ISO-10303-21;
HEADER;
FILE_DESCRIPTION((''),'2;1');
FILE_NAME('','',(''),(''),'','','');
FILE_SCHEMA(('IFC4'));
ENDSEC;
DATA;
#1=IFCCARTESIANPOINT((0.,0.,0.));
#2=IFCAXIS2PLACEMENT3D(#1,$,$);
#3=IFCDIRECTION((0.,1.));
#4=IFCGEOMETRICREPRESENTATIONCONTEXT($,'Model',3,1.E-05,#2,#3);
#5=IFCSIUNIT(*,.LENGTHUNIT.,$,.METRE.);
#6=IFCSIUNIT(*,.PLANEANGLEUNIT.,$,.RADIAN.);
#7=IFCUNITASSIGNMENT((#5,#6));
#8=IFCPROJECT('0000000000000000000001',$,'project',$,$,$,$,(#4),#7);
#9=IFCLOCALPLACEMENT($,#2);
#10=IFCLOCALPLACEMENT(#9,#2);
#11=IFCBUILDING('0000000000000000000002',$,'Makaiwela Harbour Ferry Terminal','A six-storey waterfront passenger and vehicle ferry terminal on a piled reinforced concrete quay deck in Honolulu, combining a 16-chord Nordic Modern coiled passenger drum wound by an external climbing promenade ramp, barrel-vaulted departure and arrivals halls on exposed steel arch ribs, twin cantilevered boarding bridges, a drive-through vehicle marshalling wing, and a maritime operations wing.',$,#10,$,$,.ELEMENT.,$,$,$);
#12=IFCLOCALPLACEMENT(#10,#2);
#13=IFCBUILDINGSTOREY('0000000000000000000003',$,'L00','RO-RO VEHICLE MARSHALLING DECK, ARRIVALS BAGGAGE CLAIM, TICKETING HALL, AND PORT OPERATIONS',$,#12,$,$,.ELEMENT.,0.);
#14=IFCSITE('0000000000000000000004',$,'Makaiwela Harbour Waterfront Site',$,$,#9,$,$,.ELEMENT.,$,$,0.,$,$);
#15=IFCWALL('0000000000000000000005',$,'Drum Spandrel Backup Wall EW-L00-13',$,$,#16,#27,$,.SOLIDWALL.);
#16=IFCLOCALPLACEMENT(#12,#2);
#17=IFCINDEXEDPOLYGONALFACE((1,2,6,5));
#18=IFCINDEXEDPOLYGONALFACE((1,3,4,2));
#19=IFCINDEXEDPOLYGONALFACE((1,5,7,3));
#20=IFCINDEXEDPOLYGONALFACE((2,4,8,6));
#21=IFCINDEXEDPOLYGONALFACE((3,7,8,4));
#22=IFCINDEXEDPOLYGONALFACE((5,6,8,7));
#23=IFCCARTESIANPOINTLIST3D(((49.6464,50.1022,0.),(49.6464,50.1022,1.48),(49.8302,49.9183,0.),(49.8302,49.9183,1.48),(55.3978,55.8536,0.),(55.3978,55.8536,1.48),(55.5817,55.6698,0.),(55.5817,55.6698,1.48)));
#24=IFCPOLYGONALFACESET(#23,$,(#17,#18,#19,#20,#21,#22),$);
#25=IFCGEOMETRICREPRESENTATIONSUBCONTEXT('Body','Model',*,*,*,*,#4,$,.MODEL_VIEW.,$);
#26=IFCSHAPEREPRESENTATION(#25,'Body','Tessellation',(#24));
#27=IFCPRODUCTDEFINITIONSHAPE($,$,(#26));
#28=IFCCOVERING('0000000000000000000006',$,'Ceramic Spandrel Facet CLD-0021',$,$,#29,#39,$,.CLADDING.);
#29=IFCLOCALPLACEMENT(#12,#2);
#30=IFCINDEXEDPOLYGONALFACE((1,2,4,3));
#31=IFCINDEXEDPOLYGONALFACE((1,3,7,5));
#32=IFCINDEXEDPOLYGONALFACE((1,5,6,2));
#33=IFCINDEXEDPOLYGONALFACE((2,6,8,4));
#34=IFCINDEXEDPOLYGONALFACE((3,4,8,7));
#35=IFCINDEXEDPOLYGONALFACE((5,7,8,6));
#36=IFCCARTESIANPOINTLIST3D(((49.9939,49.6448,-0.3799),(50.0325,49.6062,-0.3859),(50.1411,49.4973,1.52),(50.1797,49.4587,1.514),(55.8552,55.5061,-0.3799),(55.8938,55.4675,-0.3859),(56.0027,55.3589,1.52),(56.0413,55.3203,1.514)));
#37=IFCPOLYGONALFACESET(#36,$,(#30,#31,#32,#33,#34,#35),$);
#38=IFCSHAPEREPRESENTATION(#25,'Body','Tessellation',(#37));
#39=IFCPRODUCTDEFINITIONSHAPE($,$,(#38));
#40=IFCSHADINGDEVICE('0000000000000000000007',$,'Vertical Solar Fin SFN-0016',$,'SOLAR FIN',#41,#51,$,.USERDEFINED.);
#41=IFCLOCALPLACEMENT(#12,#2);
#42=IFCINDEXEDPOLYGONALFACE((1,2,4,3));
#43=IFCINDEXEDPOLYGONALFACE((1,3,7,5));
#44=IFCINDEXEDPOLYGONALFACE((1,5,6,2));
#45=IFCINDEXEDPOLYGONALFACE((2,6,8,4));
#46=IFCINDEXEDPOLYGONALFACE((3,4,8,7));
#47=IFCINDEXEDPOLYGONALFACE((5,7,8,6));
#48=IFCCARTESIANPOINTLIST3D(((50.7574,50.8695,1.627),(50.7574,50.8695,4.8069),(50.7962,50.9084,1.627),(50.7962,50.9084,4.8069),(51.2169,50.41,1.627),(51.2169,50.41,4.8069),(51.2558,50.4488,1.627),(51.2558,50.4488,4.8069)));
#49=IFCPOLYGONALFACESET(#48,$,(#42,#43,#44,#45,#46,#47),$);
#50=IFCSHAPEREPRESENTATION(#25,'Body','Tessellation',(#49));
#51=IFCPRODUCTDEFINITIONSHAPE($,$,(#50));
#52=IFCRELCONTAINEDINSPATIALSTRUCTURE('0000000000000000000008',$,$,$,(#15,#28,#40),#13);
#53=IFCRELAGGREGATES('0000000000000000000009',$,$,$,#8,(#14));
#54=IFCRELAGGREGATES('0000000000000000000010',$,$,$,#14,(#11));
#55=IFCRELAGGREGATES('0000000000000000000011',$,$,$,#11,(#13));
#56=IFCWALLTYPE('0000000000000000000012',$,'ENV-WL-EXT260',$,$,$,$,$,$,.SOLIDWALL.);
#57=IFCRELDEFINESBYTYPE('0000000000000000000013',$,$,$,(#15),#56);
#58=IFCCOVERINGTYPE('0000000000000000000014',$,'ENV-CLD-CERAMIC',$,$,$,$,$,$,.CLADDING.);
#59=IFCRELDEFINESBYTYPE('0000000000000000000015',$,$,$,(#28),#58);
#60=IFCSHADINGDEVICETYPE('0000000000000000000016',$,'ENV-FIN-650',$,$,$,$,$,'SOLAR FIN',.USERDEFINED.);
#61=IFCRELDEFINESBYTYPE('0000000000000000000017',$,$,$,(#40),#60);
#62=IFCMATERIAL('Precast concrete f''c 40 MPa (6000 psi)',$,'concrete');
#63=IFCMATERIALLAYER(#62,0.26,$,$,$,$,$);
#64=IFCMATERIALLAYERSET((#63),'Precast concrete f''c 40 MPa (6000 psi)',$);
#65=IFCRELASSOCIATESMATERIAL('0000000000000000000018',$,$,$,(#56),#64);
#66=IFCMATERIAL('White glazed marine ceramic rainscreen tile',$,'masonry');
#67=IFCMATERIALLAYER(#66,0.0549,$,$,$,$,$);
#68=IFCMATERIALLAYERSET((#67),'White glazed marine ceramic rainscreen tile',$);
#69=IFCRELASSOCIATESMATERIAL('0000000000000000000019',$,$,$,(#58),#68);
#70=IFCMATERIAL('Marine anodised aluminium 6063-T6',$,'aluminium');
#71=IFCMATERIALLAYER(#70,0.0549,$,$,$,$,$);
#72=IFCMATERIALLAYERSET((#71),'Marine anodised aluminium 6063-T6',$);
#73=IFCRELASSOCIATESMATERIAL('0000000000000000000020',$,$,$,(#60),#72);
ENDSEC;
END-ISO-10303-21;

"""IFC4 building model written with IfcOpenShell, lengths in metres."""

from ifc_helpers import new_model, si_unit, direction, frame, frame_2d, origin, origin_2d, place, context, subcontext, project, spatial, polyline, rectangle, outline, extrude, material, layer, layer_set, type_object, element, save


model = new_model("IFC4")

# Units and contexts
model_context = context("Model", 3, precision=1e-05, world=origin(), true_north=direction((0.0, 1.0)))
body_context = subcontext(model_context, "Body", "Model", "MODEL_VIEW")
ifc_project = project(units=[si_unit("LENGTHUNIT", "METRE"), si_unit("PLANEANGLEUNIT", "RADIAN")], contexts=[model_context])

# Site, building, storey
site_placement = place(None, origin())
site = spatial("IfcSite", under=ifc_project, at=site_placement, Name="Makaiwela Harbour Waterfront Site", CompositionType="ELEMENT", RefElevation=0.0)
building_placement = place(site_placement, origin())
building = spatial("IfcBuilding", under=site, at=building_placement, Name="Makaiwela Harbour Ferry Terminal", Description="A six-storey waterfront passenger and vehicle ferry terminal on a piled reinforced concrete quay deck in Honolulu, combining a 16-chord Nordic Modern coiled passenger drum wound by an external climbing promenade ramp, barrel-vaulted departure and arrivals halls on exposed steel arch ribs, twin cantilevered boarding bridges, a drive-through vehicle marshalling wing, and a maritime operations wing.", CompositionType="ELEMENT")
storey_placement = place(building_placement, origin())
storey = spatial("IfcBuildingStorey", under=building, at=storey_placement, Name="L00", Description="RO-RO VEHICLE MARSHALLING DECK, ARRIVALS BAGGAGE CLAIM, TICKETING HALL, AND PORT OPERATIONS", CompositionType="ELEMENT", Elevation=0.0)

# Shared definitions
ifc_material_1 = material(Name="Marine anodised aluminium 6063-T6", Category="aluminium")

# Wall
ifc_material_2 = material(Name="Precast concrete f'c 40 MPa (6000 psi)", Category="concrete")
ifc_layer_1 = layer(ifc_material_2, 0.26)
ifc_layer_set_1 = layer_set([ifc_layer_1], Name="Precast concrete f'c 40 MPa (6000 psi)")
wall_type = type_object("IfcWallType", Name="ENV-WL-EXT260", PredefinedType="SOLIDWALL", material=ifc_layer_set_1)
wall_placement = place(storey_placement, frame((49.7383, 50.0103, 0.0), z_axis=(0.0, 0.0, 1.0), x_axis=(0.707107, 0.707107, 0.0)))
element("IfcWall", 1, at=wall_placement, inside=storey, type_object=wall_type, Name="Drum Spandrel Backup Wall EW-L00-13", PredefinedType="SOLIDWALL", context=body_context, shape_type="SweptSolid", body=[
    extrude(rectangle(XDim=8.1338, YDim=0.26, at=frame_2d((4.0669, 0.0))), origin(), (0.0, 0.0, 1.0), 1.48),
])

# Covering
ifc_material_3 = material(Name="White glazed marine ceramic rainscreen tile", Category="masonry")
ifc_layer_2 = layer(ifc_material_3, 0.0549)
ifc_layer_set_2 = layer_set([ifc_layer_2], Name="White glazed marine ceramic rainscreen tile")
covering_type = type_object("IfcCoveringType", Name="ENV-CLD-CERAMIC", PredefinedType="CLADDING", material=ifc_layer_set_2)
covering_placement = place(storey_placement, frame((49.9939, 49.6448, -0.3799), z_axis=(-0.702892, 0.702892, 0.10902), x_axis=(0.707107, 0.707107, 0.0)))
element("IfcCovering", 2, at=covering_placement, inside=storey, type_object=covering_type, Name="Ceramic Spandrel Facet CLD-0021", PredefinedType="CLADDING", context=body_context, shape_type="SweptSolid", body=[
    extrude(outline(polyline([(0.0, 0.0), (8.2892, 0.0), (8.2893, -1.9113), (-0.0002, -1.9113), (0.0, 0.0)])), origin(), (0.0, 0.0, -1.0), 0.0549),
])

# Shading device
ifc_layer_3 = layer(ifc_material_1, 0.0549)
ifc_layer_set_3 = layer_set([ifc_layer_3], Name="Marine anodised aluminium 6063-T6")
shading_device_type = type_object("IfcShadingDeviceType", Name="ENV-FIN-650", ElementType="SOLAR FIN", PredefinedType="USERDEFINED", material=ifc_layer_set_3)
shading_device_placement = place(storey_placement, frame((51.0066, 50.6592, 1.627), z_axis=(0.0, 0.0, 1.0), x_axis=(0.707107, -0.707107, 0.0)))
element("IfcShadingDevice", 3, at=shading_device_placement, inside=storey, type_object=shading_device_type, Name="Vertical Solar Fin SFN-0016", ObjectType="SOLAR FIN", PredefinedType="USERDEFINED", context=body_context, shape_type="SweptSolid", body=[
    extrude(rectangle(XDim=0.6499, YDim=0.0549, at=origin_2d()), origin(), (0.0, 0.0, 1.0), 3.1799),
])

save(model, "model.ifc")
